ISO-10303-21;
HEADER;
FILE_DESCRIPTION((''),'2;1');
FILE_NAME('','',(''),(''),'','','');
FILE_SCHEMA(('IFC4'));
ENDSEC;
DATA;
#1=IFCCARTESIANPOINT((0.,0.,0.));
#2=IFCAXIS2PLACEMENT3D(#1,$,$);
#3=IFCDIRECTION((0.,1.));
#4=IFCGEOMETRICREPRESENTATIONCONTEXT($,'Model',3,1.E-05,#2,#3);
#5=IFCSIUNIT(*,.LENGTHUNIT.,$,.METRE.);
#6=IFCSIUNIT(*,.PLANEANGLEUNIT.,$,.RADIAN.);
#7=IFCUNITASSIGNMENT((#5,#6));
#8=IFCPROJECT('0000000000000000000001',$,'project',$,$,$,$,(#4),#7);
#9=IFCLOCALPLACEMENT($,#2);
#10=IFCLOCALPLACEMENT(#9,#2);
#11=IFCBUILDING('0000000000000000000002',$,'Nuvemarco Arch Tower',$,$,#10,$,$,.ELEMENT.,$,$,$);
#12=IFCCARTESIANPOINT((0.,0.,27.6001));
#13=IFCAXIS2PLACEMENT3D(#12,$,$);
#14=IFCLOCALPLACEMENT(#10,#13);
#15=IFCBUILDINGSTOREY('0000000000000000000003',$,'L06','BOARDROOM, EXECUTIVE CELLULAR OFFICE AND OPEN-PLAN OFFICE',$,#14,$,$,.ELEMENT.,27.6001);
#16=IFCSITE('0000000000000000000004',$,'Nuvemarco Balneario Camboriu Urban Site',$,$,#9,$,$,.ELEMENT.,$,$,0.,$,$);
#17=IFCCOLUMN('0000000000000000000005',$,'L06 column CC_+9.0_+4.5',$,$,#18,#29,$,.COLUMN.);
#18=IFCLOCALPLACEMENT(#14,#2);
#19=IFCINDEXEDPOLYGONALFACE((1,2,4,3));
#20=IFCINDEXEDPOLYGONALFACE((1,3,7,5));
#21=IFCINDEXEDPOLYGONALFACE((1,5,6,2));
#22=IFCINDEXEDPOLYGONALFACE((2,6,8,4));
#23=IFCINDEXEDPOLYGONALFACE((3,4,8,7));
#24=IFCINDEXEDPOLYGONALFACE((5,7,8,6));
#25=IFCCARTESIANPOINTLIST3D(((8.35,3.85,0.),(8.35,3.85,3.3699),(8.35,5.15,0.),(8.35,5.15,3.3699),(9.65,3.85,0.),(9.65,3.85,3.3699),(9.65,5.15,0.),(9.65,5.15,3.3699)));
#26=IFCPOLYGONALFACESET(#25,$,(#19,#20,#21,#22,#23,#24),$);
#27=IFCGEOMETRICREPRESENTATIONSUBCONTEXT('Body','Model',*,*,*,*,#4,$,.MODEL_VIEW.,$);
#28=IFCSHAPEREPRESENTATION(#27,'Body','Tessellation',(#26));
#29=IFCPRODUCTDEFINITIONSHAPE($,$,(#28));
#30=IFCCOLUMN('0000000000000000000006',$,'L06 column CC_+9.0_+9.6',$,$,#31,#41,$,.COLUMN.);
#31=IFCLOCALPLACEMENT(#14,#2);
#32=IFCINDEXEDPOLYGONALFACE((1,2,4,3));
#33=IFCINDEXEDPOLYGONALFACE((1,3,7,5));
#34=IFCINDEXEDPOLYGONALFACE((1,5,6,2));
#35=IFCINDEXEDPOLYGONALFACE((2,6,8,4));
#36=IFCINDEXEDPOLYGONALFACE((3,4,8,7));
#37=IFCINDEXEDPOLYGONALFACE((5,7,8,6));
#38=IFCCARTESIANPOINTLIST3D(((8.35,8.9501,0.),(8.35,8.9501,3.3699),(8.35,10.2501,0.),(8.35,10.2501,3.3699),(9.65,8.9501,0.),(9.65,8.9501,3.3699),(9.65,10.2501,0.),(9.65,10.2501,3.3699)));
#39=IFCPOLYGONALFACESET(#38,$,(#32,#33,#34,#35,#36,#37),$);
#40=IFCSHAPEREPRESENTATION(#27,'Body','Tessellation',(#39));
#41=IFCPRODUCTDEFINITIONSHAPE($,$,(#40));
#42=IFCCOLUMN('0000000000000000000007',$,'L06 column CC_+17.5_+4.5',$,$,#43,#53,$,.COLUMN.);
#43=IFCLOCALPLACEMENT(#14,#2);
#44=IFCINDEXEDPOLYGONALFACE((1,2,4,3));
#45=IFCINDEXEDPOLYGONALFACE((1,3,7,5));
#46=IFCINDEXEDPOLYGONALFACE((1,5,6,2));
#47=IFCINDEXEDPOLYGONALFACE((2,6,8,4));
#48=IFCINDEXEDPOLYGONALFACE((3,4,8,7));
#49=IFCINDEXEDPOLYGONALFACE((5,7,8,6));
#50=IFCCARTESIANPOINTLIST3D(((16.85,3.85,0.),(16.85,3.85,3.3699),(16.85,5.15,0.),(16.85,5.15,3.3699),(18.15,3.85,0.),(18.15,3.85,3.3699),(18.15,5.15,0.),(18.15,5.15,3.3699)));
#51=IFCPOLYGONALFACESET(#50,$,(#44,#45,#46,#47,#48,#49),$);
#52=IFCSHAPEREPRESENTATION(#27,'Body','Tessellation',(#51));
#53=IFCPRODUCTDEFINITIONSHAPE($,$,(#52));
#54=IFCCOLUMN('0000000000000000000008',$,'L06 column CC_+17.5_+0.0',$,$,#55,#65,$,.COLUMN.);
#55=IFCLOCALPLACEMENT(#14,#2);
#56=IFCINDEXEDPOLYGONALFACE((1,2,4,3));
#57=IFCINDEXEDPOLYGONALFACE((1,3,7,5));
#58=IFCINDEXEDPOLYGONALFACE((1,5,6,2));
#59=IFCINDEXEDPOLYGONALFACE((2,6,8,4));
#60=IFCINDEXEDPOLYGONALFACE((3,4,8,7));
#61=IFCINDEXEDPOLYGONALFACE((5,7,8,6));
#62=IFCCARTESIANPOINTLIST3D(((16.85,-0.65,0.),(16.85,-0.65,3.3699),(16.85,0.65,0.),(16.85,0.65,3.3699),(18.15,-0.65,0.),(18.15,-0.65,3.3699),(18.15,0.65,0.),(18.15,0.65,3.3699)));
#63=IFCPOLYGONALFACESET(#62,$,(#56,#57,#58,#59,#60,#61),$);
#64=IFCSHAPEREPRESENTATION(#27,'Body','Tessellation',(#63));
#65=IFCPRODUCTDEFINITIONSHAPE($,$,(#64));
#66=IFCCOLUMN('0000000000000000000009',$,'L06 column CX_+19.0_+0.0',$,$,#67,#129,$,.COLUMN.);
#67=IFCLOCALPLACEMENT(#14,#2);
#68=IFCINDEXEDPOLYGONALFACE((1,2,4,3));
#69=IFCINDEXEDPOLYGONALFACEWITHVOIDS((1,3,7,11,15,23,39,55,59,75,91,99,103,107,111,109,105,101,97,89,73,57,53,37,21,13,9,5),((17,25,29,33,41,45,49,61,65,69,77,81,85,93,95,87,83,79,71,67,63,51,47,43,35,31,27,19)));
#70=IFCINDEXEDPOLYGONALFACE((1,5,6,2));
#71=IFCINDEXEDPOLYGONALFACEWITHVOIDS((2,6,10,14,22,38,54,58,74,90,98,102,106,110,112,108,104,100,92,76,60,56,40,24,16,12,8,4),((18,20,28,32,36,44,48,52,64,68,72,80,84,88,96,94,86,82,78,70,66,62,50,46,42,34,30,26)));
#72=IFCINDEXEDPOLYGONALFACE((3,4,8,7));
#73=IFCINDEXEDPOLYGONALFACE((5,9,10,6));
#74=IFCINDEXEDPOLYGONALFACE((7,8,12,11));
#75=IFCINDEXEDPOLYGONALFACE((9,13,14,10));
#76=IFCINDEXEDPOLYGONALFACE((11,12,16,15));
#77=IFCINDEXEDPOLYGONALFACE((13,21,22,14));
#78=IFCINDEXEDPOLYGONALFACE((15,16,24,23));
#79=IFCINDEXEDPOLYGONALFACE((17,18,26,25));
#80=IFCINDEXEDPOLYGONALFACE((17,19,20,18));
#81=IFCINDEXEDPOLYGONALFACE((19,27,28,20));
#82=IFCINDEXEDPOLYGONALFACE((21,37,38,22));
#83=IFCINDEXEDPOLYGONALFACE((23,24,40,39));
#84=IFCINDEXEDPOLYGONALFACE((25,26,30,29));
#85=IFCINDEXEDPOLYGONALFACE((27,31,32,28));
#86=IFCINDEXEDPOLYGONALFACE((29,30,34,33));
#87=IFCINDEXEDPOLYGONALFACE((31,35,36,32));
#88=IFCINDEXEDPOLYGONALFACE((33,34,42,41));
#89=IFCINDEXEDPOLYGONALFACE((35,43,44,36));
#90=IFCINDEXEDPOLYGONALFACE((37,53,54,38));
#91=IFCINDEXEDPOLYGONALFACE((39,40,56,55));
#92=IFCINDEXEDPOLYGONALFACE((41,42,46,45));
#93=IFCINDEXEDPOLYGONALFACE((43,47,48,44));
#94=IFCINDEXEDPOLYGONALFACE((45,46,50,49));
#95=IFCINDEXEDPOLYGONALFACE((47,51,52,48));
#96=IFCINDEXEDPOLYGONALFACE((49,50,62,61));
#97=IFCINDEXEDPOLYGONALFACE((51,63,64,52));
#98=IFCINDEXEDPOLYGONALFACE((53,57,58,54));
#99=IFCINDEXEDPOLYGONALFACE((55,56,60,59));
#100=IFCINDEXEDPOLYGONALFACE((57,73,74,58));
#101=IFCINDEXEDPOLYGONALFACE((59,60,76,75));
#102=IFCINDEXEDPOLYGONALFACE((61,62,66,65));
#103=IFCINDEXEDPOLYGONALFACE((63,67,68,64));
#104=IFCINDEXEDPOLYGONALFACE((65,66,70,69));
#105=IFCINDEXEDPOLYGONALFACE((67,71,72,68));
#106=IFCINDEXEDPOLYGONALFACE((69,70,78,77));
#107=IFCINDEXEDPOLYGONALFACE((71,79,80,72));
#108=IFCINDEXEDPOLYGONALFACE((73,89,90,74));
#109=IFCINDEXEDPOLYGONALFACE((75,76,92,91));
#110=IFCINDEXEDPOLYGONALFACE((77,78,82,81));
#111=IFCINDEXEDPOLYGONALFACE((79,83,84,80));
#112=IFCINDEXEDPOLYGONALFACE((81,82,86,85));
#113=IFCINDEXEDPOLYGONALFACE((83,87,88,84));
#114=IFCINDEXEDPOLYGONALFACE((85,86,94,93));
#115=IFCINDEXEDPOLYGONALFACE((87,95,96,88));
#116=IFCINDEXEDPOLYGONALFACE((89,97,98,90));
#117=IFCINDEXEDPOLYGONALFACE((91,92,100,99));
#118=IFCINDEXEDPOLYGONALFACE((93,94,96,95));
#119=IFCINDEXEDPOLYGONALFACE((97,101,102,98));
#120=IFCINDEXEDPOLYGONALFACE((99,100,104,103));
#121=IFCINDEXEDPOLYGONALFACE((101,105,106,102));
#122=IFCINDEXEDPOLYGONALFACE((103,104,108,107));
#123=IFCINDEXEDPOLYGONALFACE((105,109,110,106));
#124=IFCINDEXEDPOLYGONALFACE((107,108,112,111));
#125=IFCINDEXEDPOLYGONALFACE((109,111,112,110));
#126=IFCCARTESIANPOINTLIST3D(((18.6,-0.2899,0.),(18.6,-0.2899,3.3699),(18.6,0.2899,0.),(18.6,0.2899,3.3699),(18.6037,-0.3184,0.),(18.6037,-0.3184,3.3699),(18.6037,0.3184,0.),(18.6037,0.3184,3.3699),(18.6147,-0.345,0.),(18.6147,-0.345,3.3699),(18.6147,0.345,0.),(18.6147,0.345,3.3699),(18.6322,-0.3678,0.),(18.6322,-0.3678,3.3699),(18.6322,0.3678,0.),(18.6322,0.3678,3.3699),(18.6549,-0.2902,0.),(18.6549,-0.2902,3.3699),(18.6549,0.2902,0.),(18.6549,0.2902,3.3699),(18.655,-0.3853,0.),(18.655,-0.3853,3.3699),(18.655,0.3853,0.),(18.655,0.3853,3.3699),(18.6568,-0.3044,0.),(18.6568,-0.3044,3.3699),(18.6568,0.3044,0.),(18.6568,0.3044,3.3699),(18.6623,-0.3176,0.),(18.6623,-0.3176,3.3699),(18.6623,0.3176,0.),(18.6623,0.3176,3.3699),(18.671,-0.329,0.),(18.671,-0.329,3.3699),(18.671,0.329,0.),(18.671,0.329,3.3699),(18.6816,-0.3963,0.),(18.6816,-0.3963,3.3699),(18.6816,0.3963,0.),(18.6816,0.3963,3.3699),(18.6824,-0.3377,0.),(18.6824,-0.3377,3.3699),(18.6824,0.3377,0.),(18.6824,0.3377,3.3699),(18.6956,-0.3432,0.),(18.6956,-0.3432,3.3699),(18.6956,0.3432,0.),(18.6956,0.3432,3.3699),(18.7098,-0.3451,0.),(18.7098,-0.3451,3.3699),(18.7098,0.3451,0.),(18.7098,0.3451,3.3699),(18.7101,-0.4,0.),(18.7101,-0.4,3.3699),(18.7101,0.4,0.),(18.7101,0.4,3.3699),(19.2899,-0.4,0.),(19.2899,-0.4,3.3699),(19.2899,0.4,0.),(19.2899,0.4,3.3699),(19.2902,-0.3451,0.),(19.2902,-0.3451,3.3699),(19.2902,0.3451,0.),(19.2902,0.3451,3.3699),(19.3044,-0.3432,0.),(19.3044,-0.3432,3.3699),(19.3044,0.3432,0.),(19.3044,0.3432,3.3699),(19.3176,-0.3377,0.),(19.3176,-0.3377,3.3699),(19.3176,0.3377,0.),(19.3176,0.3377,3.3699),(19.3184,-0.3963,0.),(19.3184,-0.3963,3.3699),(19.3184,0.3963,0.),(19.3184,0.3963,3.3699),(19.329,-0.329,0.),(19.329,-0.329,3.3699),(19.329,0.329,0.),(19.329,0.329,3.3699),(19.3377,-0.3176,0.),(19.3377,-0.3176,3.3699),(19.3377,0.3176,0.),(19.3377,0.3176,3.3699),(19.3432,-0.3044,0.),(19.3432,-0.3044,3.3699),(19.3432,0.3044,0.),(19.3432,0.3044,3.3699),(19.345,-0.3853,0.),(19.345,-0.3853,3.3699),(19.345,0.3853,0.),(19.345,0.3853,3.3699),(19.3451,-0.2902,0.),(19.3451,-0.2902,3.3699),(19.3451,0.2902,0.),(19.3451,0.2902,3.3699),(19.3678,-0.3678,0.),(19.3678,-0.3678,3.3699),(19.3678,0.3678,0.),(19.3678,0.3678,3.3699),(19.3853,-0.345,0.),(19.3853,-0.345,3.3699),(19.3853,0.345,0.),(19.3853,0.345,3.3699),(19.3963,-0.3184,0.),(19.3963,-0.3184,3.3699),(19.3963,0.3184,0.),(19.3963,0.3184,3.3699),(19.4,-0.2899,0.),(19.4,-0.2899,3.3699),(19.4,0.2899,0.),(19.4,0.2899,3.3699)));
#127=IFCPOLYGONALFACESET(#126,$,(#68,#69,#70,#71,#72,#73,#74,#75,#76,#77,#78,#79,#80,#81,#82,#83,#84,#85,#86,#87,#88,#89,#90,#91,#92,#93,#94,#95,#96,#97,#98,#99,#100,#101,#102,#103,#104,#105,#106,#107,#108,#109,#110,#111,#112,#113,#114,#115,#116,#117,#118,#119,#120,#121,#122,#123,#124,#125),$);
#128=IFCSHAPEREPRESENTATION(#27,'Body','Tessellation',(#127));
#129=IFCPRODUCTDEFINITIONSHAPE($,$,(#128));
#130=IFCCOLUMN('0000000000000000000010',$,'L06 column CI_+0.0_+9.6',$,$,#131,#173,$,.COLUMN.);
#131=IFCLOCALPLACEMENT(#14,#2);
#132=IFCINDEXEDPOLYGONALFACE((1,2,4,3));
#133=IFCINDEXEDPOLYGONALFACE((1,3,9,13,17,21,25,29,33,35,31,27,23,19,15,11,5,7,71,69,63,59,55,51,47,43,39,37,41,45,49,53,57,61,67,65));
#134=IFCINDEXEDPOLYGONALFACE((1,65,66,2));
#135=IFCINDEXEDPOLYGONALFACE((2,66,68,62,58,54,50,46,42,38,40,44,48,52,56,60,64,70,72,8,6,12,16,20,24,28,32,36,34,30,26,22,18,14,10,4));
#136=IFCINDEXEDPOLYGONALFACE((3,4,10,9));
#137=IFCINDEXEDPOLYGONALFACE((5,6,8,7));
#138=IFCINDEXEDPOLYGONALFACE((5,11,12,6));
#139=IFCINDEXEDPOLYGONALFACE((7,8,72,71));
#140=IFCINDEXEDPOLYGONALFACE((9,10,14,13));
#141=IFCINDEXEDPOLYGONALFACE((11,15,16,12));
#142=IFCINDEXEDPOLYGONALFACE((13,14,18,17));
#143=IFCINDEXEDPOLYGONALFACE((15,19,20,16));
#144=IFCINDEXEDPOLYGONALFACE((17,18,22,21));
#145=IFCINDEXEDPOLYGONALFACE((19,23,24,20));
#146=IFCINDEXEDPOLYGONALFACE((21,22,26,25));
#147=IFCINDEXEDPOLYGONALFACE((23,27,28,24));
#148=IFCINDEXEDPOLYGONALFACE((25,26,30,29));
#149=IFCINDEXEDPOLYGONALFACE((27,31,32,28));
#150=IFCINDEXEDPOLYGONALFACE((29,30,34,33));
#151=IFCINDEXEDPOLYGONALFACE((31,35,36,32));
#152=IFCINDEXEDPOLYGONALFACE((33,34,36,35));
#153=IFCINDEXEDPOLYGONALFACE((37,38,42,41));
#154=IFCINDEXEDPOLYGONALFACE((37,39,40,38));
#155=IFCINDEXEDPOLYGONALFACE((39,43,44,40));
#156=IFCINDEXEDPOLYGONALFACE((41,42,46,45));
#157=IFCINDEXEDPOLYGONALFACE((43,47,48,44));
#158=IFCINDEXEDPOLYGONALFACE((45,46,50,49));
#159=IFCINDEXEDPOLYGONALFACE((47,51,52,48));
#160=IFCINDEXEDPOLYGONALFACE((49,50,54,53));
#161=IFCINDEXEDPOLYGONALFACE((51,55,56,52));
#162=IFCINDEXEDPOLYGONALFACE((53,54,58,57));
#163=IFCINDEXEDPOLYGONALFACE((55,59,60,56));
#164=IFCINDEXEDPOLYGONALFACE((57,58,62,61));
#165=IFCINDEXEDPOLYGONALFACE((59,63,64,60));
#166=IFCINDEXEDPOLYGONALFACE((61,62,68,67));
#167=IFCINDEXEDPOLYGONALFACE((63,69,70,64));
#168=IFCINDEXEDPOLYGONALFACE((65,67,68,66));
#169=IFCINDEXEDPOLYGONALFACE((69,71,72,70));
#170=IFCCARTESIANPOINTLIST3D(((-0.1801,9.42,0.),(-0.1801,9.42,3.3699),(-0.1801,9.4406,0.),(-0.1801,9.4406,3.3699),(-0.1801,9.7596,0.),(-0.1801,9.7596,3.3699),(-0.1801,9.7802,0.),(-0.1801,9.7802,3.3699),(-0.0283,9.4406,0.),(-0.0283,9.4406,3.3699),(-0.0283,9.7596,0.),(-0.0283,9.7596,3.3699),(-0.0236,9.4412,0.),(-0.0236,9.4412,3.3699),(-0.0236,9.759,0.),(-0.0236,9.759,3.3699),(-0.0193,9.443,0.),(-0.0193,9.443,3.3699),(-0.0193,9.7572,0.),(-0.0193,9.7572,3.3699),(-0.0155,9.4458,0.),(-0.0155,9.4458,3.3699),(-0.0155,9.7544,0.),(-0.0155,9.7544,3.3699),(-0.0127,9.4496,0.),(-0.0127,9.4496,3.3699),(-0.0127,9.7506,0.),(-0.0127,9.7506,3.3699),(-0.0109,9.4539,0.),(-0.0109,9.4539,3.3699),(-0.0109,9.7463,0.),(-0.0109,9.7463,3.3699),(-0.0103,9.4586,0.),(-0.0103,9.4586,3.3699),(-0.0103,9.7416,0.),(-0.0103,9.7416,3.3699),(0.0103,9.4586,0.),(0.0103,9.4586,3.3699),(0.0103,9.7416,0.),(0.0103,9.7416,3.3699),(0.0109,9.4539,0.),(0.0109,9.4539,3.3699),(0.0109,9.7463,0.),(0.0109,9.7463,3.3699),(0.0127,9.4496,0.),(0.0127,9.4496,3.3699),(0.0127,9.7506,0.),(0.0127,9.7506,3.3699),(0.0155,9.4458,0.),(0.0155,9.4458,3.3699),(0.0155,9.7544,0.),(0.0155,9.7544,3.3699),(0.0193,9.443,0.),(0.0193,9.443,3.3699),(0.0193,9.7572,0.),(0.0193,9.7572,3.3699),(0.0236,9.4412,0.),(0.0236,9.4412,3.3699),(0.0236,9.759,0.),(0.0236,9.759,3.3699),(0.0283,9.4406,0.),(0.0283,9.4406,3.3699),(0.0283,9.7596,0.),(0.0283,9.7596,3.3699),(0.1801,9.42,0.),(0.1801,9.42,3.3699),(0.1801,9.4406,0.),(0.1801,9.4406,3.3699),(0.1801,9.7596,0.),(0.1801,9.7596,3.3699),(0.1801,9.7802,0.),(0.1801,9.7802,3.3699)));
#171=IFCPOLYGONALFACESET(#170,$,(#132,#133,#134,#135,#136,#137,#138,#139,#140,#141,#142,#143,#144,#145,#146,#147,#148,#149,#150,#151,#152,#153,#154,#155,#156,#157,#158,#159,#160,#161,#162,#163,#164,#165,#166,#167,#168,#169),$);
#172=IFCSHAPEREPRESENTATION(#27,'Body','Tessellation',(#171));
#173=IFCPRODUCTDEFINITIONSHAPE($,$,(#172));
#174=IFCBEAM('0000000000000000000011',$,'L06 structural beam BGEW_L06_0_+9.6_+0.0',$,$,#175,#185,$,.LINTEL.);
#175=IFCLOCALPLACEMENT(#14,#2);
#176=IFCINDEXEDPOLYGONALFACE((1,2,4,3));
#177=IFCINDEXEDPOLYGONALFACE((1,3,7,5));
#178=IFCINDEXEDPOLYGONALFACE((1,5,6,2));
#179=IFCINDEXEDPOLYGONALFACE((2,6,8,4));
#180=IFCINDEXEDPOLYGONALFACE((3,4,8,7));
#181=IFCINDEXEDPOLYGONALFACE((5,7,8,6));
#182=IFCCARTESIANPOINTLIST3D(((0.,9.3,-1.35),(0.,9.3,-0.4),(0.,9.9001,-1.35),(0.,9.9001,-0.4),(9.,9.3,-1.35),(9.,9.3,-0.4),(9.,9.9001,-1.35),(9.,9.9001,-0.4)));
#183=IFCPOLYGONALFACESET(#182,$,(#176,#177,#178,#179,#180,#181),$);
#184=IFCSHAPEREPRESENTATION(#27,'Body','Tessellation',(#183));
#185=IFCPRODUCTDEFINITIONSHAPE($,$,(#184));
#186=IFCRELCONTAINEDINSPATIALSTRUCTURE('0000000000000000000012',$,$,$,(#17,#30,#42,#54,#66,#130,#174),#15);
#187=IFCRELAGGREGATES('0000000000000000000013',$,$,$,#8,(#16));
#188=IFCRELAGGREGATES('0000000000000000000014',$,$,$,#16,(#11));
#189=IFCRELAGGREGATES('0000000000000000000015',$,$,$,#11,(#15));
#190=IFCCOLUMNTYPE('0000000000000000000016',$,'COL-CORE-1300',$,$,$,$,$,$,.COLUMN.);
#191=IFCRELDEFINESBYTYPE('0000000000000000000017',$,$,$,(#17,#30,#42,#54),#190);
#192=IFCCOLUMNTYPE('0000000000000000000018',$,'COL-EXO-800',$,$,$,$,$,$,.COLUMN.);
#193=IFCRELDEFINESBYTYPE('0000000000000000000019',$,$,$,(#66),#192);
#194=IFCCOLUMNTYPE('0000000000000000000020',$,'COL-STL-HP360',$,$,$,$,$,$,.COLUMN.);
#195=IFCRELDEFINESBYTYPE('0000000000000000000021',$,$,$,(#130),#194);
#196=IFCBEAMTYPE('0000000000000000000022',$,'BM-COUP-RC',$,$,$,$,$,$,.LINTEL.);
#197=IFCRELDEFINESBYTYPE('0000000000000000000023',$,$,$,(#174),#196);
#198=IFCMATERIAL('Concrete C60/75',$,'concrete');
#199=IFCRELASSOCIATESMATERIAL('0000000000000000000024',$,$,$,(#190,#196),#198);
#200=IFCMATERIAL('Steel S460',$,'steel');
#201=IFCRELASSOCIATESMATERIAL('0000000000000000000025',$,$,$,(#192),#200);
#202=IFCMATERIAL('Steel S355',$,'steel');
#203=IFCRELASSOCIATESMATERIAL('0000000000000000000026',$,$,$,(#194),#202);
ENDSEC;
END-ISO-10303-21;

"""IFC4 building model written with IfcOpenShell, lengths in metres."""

from ifc_helpers import new_model, si_unit, direction, frame, origin, origin_2d, place, context, subcontext, project, spatial, rectangle, hollow_rectangle, i_section, extrude, material, material_profile, profile_set, type_object, element, save


model = new_model("IFC4")

# Units and contexts
model_context = context("Model", 3, precision=1e-05, world=origin(), true_north=direction((0.0, 1.0)))
body_context = subcontext(model_context, "Body", "Model", "MODEL_VIEW")
ifc_project = project(units=[si_unit("LENGTHUNIT", "METRE"), si_unit("PLANEANGLEUNIT", "RADIAN")], contexts=[model_context])

# Site, building, storey
site_placement = place(None, origin())
site = spatial("IfcSite", under=ifc_project, at=site_placement, Name="Nuvemarco Balneario Camboriu Urban Site", CompositionType="ELEMENT", RefElevation=0.0)
building_placement = place(site_placement, origin())
building = spatial("IfcBuilding", under=site, at=building_placement, Name="Nuvemarco Arch Tower", CompositionType="ELEMENT")
storey_placement = place(building_placement, frame((0.0, 0.0, 27.6001)))
storey = spatial("IfcBuildingStorey", under=building, at=storey_placement, Name="L06", Description="BOARDROOM, EXECUTIVE CELLULAR OFFICE AND OPEN-PLAN OFFICE", CompositionType="ELEMENT", Elevation=27.6001)

# Columns
ifc_material_1 = material(Name="Concrete C60/75", Category="concrete")
ifc_material_profile_1 = material_profile(ifc_material_1, rectangle(XDim=1.3, YDim=1.3, at=origin_2d()), Name="RC-COL-1300x1300")
ifc_profile_set_1 = profile_set([ifc_material_profile_1], Name="Concrete C60/75")
column_type_1 = type_object("IfcColumnType", Name="COL-CORE-1300", PredefinedType="COLUMN", material=ifc_profile_set_1)
for number, where, z_axis, x_axis, name in (
    (1, (9.0, 4.5, 0.0), (0.0, 0.0, 1.0), (1.0, 0.0, 0.0), "L06 column CC_+9.0_+4.5"),
    (2, (9.0, 9.6001, 0.0), (0.0, 0.0, 1.0), (1.0, 0.0, 0.0), "L06 column CC_+9.0_+9.6"),
    (3, (17.5, 4.5, 0.0), (0.0, 0.0, 1.0), (1.0, 0.0, 0.0), "L06 column CC_+17.5_+4.5"),
    (4, (17.5, 0.0, 0.0), (0.0, 0.0, 1.0), (1.0, 0.0, 0.0), "L06 column CC_+17.5_+0.0"),
):
    element("IfcColumn", number, at=place(storey_placement, frame(where, z_axis=z_axis, x_axis=x_axis)), inside=storey, type_object=column_type_1, Name=name, PredefinedType="COLUMN", context=body_context, shape_type="SweptSolid", body=[
        extrude(rectangle(XDim=1.3, YDim=1.3, at=origin_2d()), origin(), (0.0, 0.0, 1.0), 3.3699),
    ])
ifc_material_2 = material(Name="Steel S460", Category="steel")
ifc_material_profile_2 = material_profile(ifc_material_2, hollow_rectangle(XDim=0.8, YDim=0.8, WallThickness=0.0549, InnerFilletRadius=0.0549, OuterFilletRadius=0.1101, at=origin_2d()), Name="SHS800x800x55")
ifc_profile_set_2 = profile_set([ifc_material_profile_2], Name="Steel S460")
column_type_2 = type_object("IfcColumnType", Name="COL-EXO-800", PredefinedType="COLUMN", material=ifc_profile_set_2)
column_1_placement = place(storey_placement, frame((19.0, 0.0, 0.0), z_axis=(0.0, 0.0, 1.0), x_axis=(1.0, 0.0, 0.0)))
element("IfcColumn", 5, at=column_1_placement, inside=storey, type_object=column_type_2, Name="L06 column CX_+19.0_+0.0", PredefinedType="COLUMN", context=body_context, shape_type="SweptSolid", body=[
    extrude(hollow_rectangle(XDim=0.8, YDim=0.8, WallThickness=0.0549, InnerFilletRadius=0.0549, OuterFilletRadius=0.1101, at=origin_2d()), origin(), (0.0, 0.0, 1.0), 3.3699),
])
ifc_material_3 = material(Name="Steel S355", Category="steel")
ifc_material_profile_3 = material_profile(ifc_material_3, i_section(OverallWidth=0.3601, OverallDepth=0.3601, WebThickness=0.0205, FlangeThickness=0.0205, FilletRadius=0.0181, at=origin_2d()), Name="HP360x174")
ifc_profile_set_3 = profile_set([ifc_material_profile_3], Name="Steel S355")
column_type_3 = type_object("IfcColumnType", Name="COL-STL-HP360", PredefinedType="COLUMN", material=ifc_profile_set_3)
column_2_placement = place(storey_placement, frame((0.0, 9.6001, 0.0), z_axis=(0.0, 0.0, 1.0), x_axis=(1.0, 0.0, 0.0)))
element("IfcColumn", 6, at=column_2_placement, inside=storey, type_object=column_type_3, Name="L06 column CI_+0.0_+9.6", PredefinedType="COLUMN", context=body_context, shape_type="SweptSolid", body=[
    extrude(i_section(OverallWidth=0.3601, OverallDepth=0.3601, WebThickness=0.0205, FlangeThickness=0.0205, FilletRadius=0.0181, at=origin_2d()), origin(), (0.0, 0.0, 1.0), 3.3699),
])

# Beam
ifc_material_profile_4 = material_profile(ifc_material_1, rectangle(XDim=0.6001, YDim=0.95, at=origin_2d()), Name="RC-BM-600x950")
ifc_profile_set_4 = profile_set([ifc_material_profile_4], Name="Concrete C60/75")
beam_type_1 = type_object("IfcBeamType", Name="BM-COUP-RC", PredefinedType="LINTEL", material=ifc_profile_set_4)
beam_1_placement = place(storey_placement, frame((0.0, 9.6001, -0.875), z_axis=(1.0, 0.0, 0.0), x_axis=(0.0, 1.0, 0.0)))
element("IfcBeam", 7, at=beam_1_placement, inside=storey, type_object=beam_type_1, Name="L06 structural beam BGEW_L06_0_+9.6_+0.0", PredefinedType="LINTEL", context=body_context, shape_type="SweptSolid", body=[
    extrude(rectangle(XDim=0.6001, YDim=0.95, at=origin_2d()), origin(), (0.0, 0.0, 1.0), 9.0),
])

save(model, "model.ifc")
